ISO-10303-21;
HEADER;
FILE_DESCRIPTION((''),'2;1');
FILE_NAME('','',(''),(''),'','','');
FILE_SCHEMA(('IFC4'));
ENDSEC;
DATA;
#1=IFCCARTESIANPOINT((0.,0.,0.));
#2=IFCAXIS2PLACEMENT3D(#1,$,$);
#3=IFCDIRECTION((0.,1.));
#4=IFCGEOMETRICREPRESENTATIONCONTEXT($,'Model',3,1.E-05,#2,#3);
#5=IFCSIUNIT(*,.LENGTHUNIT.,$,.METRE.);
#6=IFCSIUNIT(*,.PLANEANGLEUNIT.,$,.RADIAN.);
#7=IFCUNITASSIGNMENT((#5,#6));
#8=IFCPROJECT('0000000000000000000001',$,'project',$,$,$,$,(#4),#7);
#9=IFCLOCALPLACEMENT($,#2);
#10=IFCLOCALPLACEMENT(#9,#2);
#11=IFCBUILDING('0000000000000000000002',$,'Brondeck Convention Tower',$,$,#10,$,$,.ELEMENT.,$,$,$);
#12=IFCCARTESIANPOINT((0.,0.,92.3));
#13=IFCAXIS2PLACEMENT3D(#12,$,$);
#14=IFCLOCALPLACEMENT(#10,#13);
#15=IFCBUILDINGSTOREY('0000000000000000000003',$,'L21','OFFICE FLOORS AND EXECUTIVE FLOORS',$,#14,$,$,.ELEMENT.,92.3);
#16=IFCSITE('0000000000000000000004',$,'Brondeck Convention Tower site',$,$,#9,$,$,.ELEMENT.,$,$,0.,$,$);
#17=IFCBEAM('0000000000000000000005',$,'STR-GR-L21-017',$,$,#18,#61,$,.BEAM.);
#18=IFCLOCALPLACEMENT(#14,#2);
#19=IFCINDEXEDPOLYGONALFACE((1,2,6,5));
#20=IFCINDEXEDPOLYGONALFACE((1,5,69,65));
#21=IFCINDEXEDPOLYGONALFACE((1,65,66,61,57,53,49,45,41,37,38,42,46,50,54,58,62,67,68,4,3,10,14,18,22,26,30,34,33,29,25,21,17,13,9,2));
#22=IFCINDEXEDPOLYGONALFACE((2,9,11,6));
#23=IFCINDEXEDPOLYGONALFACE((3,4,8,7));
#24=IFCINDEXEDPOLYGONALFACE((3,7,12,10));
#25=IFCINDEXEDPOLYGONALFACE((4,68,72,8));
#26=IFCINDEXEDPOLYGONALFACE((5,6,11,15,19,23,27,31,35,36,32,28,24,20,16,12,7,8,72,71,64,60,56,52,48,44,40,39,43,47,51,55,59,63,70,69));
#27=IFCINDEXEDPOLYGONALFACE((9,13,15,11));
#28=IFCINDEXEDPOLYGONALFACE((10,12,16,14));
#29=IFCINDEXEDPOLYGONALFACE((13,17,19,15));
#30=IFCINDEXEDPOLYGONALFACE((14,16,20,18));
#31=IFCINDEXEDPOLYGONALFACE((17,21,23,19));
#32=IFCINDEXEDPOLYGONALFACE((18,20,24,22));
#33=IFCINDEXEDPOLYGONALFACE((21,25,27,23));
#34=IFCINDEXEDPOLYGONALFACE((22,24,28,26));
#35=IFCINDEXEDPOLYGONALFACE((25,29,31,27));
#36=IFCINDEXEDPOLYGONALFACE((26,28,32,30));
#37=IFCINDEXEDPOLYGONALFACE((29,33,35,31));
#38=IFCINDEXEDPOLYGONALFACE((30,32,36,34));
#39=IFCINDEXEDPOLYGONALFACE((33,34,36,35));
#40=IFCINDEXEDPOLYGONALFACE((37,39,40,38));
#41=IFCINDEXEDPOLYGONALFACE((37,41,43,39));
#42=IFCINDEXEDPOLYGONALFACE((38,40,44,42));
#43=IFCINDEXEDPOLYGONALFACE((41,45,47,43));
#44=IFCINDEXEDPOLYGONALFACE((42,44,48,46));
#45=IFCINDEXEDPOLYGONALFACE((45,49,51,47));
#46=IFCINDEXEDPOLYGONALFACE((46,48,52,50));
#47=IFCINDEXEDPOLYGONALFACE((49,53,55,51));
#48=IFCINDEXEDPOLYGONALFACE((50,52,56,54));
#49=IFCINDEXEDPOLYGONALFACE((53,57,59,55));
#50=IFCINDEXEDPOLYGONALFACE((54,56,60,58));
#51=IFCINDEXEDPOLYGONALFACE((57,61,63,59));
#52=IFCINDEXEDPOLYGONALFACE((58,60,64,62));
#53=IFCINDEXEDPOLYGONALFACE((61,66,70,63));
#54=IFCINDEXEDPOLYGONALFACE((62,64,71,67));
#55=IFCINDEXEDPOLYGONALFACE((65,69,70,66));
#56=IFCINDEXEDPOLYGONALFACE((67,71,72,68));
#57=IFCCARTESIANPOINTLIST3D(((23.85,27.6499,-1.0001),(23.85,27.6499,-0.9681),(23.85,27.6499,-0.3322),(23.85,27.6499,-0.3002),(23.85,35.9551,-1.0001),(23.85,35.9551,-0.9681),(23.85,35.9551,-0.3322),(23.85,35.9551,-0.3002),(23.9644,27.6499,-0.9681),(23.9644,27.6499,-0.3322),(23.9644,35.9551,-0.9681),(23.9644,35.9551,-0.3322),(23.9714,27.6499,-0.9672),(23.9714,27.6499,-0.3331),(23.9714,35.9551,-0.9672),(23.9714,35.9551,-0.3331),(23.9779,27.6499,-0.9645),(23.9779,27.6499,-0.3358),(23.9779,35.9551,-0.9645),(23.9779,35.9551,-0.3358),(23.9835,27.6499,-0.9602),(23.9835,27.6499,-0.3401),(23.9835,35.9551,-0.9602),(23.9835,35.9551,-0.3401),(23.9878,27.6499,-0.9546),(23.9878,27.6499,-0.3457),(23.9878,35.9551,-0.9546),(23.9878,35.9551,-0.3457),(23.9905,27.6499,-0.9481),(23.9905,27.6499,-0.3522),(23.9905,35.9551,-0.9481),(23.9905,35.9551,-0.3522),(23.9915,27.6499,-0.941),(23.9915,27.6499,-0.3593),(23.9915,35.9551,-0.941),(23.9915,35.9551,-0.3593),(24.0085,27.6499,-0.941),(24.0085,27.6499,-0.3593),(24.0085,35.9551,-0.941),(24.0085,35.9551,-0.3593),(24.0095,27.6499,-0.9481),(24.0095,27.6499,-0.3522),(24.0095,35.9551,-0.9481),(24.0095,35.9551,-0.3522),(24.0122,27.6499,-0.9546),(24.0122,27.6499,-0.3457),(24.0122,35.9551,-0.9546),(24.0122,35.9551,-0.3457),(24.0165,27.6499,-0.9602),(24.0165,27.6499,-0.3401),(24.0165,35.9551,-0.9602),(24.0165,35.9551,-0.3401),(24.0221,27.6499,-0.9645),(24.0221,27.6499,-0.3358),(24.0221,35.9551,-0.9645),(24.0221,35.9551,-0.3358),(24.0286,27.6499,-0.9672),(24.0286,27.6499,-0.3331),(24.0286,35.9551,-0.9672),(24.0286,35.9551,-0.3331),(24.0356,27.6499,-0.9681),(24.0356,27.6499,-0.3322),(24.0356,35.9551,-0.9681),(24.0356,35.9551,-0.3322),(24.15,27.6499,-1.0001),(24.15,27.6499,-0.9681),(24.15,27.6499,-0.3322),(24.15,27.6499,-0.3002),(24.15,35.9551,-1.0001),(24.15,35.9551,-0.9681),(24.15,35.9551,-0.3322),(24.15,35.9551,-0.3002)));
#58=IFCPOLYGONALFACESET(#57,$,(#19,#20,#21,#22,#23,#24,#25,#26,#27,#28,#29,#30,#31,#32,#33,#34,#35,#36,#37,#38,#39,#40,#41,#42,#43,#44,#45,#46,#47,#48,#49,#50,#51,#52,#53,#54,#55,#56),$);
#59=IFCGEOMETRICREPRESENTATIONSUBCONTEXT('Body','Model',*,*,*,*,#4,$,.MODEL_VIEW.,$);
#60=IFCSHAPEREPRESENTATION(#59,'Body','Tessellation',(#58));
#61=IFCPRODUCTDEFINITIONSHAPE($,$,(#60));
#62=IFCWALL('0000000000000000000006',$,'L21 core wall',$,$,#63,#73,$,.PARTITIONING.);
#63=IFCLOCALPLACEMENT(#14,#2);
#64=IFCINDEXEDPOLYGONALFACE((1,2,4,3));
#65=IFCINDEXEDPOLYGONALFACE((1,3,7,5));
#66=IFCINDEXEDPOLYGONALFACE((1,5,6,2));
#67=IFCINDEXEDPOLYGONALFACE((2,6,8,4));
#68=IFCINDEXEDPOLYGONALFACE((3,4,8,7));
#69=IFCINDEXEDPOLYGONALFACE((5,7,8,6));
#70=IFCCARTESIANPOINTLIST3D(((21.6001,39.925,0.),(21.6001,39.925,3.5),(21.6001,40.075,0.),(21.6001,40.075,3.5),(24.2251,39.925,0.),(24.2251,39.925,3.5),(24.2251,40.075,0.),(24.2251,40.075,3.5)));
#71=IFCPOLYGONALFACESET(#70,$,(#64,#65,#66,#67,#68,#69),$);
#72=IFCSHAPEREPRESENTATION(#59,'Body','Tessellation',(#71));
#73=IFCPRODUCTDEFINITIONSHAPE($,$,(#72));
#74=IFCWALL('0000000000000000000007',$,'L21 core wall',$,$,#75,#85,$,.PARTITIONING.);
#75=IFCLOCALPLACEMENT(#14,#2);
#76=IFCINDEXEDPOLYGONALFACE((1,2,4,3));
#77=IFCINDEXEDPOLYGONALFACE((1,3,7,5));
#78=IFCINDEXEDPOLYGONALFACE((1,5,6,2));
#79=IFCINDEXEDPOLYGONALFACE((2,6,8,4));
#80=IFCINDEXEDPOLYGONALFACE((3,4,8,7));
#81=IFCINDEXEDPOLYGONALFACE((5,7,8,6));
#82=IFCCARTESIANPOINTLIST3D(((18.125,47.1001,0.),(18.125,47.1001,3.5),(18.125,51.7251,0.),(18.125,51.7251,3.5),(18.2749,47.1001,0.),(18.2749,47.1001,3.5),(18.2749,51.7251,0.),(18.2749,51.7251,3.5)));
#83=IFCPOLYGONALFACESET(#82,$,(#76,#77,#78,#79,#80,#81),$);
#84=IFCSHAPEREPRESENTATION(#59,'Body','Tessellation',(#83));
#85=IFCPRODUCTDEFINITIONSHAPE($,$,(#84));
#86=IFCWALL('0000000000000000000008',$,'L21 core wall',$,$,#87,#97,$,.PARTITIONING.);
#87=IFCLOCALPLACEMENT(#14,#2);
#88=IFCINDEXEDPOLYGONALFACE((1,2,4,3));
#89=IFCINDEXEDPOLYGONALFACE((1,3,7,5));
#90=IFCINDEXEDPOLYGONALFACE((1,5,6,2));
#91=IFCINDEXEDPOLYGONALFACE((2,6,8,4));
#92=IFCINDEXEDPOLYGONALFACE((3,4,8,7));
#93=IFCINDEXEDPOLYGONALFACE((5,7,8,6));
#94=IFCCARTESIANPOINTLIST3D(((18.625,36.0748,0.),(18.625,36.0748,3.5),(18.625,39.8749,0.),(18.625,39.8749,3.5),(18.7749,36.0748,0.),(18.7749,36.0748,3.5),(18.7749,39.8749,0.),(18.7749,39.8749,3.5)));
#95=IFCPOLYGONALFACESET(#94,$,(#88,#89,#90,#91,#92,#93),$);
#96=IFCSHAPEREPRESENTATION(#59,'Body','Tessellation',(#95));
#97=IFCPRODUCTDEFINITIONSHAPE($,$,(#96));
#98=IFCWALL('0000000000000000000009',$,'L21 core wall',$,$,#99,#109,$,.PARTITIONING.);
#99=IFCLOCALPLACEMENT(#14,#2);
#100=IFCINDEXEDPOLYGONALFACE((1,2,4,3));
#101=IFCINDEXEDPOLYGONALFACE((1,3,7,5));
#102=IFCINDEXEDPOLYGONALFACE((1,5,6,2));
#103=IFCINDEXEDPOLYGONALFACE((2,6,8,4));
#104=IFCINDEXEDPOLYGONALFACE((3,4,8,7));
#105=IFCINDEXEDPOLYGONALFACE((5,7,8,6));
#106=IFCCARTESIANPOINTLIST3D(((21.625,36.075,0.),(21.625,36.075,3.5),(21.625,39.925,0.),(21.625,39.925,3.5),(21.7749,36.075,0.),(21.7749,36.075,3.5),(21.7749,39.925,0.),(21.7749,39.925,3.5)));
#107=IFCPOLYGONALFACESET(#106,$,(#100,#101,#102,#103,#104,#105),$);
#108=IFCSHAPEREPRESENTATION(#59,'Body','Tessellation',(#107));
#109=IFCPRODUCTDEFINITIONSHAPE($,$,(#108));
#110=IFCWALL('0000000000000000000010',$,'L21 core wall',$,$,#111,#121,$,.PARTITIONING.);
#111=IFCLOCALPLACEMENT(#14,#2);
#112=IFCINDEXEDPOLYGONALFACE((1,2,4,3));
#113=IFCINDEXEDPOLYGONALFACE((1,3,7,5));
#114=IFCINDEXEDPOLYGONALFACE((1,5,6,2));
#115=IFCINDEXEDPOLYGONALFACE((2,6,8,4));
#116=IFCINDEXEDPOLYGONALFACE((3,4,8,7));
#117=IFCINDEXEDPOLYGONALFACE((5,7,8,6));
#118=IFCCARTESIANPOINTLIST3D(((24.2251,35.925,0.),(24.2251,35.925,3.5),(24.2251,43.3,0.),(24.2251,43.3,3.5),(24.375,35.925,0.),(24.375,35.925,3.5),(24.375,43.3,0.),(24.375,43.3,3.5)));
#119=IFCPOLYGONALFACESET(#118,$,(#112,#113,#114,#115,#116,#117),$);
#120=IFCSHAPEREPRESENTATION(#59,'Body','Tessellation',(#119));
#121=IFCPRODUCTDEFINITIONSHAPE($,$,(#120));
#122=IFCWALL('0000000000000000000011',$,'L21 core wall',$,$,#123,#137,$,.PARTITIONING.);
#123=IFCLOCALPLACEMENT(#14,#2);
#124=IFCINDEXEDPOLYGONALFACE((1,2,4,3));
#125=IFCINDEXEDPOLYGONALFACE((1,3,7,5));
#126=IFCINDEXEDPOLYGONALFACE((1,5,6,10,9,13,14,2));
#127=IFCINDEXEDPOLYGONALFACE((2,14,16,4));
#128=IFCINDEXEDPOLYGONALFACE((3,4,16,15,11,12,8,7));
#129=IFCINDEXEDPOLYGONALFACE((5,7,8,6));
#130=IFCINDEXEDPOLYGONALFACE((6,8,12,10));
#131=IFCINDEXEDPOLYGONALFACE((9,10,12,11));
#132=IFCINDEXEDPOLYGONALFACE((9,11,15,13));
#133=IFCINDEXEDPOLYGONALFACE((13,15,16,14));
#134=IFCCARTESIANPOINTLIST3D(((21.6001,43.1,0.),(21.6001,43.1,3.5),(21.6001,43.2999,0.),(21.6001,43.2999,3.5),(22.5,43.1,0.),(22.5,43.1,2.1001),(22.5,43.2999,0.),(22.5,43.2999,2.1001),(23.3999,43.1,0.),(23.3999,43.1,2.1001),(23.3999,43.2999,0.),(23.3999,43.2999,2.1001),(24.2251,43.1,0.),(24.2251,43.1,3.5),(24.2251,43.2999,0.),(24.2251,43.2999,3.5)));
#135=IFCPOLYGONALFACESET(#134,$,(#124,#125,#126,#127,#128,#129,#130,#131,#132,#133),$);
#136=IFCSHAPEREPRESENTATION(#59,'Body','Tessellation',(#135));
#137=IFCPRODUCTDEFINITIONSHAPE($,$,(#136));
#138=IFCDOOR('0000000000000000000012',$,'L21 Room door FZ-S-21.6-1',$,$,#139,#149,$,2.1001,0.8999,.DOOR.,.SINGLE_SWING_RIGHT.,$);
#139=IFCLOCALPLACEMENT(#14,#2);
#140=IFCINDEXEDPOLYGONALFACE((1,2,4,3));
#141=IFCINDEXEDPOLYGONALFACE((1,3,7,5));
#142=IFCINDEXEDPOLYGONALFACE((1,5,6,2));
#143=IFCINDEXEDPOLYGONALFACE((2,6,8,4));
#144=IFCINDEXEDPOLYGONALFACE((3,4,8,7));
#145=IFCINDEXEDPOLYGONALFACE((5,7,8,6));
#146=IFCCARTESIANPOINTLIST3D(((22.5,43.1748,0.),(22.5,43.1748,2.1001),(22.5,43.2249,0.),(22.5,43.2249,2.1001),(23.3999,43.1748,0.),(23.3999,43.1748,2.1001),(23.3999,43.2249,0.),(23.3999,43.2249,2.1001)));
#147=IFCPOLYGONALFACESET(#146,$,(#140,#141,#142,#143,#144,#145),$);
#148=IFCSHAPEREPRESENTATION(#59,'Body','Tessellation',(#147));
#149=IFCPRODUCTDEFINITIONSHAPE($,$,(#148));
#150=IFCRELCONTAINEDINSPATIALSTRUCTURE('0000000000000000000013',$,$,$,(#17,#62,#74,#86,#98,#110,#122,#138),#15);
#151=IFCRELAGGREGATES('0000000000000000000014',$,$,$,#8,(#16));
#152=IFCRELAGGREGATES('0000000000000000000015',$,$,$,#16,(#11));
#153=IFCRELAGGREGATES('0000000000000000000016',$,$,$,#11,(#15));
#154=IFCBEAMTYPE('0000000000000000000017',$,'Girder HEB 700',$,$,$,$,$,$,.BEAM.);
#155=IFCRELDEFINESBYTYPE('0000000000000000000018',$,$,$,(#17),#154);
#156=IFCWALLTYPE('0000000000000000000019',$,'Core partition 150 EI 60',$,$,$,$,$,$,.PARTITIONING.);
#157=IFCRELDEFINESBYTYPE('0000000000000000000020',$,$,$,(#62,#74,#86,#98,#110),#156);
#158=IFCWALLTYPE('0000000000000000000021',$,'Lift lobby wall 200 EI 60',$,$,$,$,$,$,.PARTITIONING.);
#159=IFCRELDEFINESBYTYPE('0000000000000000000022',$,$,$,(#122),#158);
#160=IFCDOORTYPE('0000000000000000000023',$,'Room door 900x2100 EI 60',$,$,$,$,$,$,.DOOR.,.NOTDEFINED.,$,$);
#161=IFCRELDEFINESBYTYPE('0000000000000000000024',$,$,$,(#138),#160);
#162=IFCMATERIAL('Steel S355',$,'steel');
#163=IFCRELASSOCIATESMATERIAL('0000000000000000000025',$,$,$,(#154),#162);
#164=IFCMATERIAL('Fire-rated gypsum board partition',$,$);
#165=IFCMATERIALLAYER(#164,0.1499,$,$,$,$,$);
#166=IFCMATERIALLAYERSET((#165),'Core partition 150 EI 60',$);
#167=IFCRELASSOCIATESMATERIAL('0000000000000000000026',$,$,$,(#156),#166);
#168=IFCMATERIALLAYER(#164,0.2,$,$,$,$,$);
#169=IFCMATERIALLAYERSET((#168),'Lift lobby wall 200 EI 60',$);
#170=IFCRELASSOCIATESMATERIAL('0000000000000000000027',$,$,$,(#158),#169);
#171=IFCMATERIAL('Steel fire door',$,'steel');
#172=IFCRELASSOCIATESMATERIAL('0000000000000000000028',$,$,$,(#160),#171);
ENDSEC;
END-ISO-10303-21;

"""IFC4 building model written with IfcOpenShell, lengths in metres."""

from ifc_helpers import new_model, si_unit, direction, frame, frame_2d, origin, origin_2d, place, context, subcontext, project, spatial, rectangle, i_section, extrude, material, layer, layer_set, material_profile, profile_set, type_object, element, fill, save


model = new_model("IFC4")

# Units and contexts
model_context = context("Model", 3, precision=1e-05, world=origin(), true_north=direction((0.0, 1.0)))
body_context = subcontext(model_context, "Body", "Model", "MODEL_VIEW")
ifc_project = project(units=[si_unit("LENGTHUNIT", "METRE"), si_unit("PLANEANGLEUNIT", "RADIAN")], contexts=[model_context])

# Site, building, storey
site_placement = place(None, origin())
site = spatial("IfcSite", under=ifc_project, at=site_placement, Name="Brondeck Convention Tower site", CompositionType="ELEMENT", RefElevation=0.0)
building_placement = place(site_placement, origin())
building = spatial("IfcBuilding", under=site, at=building_placement, Name="Brondeck Convention Tower", CompositionType="ELEMENT")
storey_placement = place(building_placement, frame((0.0, 0.0, 92.3)))
storey = spatial("IfcBuildingStorey", under=building, at=storey_placement, Name="L21", Description="OFFICE FLOORS AND EXECUTIVE FLOORS", CompositionType="ELEMENT", Elevation=92.3)

# Beam
ifc_material_1 = material(Name="Steel S355", Category="steel")
ifc_material_profile = material_profile(ifc_material_1, i_section(OverallWidth=0.3, OverallDepth=0.7, WebThickness=0.0171, FlangeThickness=0.032, FilletRadius=0.0271, at=origin_2d()), Name="HEB 700")
ifc_profile_set = profile_set([ifc_material_profile], Name="Steel S355")
beam_type = type_object("IfcBeamType", Name="Girder HEB 700", PredefinedType="BEAM", material=ifc_profile_set)
beam_placement = place(storey_placement, frame((24.0, 35.9551, -0.6501), z_axis=(0.0, -1.0, 0.0), x_axis=(1.0, 0.0, 0.0)))
element("IfcBeam", 1, at=beam_placement, inside=storey, type_object=beam_type, Name="STR-GR-L21-017", PredefinedType="BEAM", context=body_context, shape_type="SweptSolid", body=[
    extrude(i_section(OverallWidth=0.3, OverallDepth=0.7, WebThickness=0.0171, FlangeThickness=0.032, FilletRadius=0.0271, at=origin_2d()), origin(), (0.0, 0.0, 1.0), 8.3052),
])

# Walls
ifc_material_2 = material(Name="Fire-rated gypsum board partition")
ifc_layer_1 = layer(ifc_material_2, 0.1499)
ifc_layer_set_1 = layer_set([ifc_layer_1], Name="Core partition 150 EI 60")
wall_type_1 = type_object("IfcWallType", Name="Core partition 150 EI 60", PredefinedType="PARTITIONING", material=ifc_layer_set_1)
wall_1_placement = place(storey_placement, frame((21.6001, 40.0, 0.0), z_axis=(0.0, 0.0, 1.0), x_axis=(1.0, 0.0, 0.0)))
element("IfcWall", 2, at=wall_1_placement, inside=storey, type_object=wall_type_1, Name="L21 core wall", PredefinedType="PARTITIONING", context=body_context, shape_type="SweptSolid", body=[
    extrude(rectangle(XDim=2.625, YDim=0.1499, at=frame_2d((1.3125, 0.0))), origin(), (0.0, 0.0, 1.0), 3.5),
])
wall_2_placement = place(storey_placement, frame((18.2, 47.1001, 0.0), z_axis=(0.0, 0.0, 1.0), x_axis=(0.0, 1.0, 0.0)))
element("IfcWall", 3, at=wall_2_placement, inside=storey, type_object=wall_type_1, Name="L21 core wall", PredefinedType="PARTITIONING", context=body_context, shape_type="SweptSolid", body=[
    extrude(rectangle(XDim=4.625, YDim=0.1499, at=frame_2d((2.3125, 0.0))), origin(), (0.0, 0.0, 1.0), 3.5),
])
wall_3_placement = place(storey_placement, frame((18.7, 36.075, 0.0), z_axis=(0.0, 0.0, 1.0), x_axis=(0.0, 1.0, 0.0)))
element("IfcWall", 4, at=wall_3_placement, inside=storey, type_object=wall_type_1, Name="L21 core wall", PredefinedType="PARTITIONING", context=body_context, shape_type="SweptSolid", body=[
    extrude(rectangle(XDim=3.8, YDim=0.1499, at=frame_2d((1.8999, 0.0))), origin(), (0.0, 0.0, 1.0), 3.5),
])
wall_4_placement = place(storey_placement, frame((21.7, 36.075, 0.0), z_axis=(0.0, 0.0, 1.0), x_axis=(0.0, 1.0, 0.0)))
element("IfcWall", 5, at=wall_4_placement, inside=storey, type_object=wall_type_1, Name="L21 core wall", PredefinedType="PARTITIONING", context=body_context, shape_type="SweptSolid", body=[
    extrude(rectangle(XDim=3.8501, YDim=0.1499, at=frame_2d((1.925, 0.0))), origin(), (0.0, 0.0, 1.0), 3.5),
])
wall_5_placement = place(storey_placement, frame((24.3, 35.925, 0.0), z_axis=(0.0, 0.0, 1.0), x_axis=(0.0, 1.0, 0.0)))
element("IfcWall", 6, at=wall_5_placement, inside=storey, type_object=wall_type_1, Name="L21 core wall", PredefinedType="PARTITIONING", context=body_context, shape_type="SweptSolid", body=[
    extrude(rectangle(XDim=7.375, YDim=0.1499, at=frame_2d((3.6875, 0.0))), origin(), (0.0, 0.0, 1.0), 3.5),
])

# Wall, opening, door
ifc_layer_2 = layer(ifc_material_2, 0.2)
ifc_layer_set_2 = layer_set([ifc_layer_2], Name="Lift lobby wall 200 EI 60")
wall_type_2 = type_object("IfcWallType", Name="Lift lobby wall 200 EI 60", PredefinedType="PARTITIONING", material=ifc_layer_set_2)
wall_6_placement = place(storey_placement, frame((21.6001, 43.2, 0.0), z_axis=(0.0, 0.0, 1.0), x_axis=(1.0, 0.0, 0.0)))
wall_6 = element("IfcWall", 7, at=wall_6_placement, inside=storey, type_object=wall_type_2, Name="L21 core wall", PredefinedType="PARTITIONING", context=body_context, shape_type="SweptSolid", body=[
    extrude(rectangle(XDim=2.625, YDim=0.2, at=frame_2d((1.3125, 0.0))), origin(), (0.0, 0.0, 1.0), 3.5),
])
opening_1_placement = place(wall_6_placement, frame((0.8999, 0.0, 0.0)))
opening_1 = element("IfcOpeningElement", 8, at=opening_1_placement, cuts=wall_6, PredefinedType="OPENING", context=body_context, shape_type="SweptSolid", body=[
    extrude(rectangle(XDim=0.8999, YDim=2.1001, at=frame_2d((0.45, 1.05))), frame((0.0, 0.1099, 0.0), z_axis=(0.0, -1.0, 0.0), x_axis=(1.0, 0.0, 0.0)), (0.0, 0.0, 1.0), 0.22),
])
ifc_material_3 = material(Name="Steel fire door", Category="steel")
door_type_1 = type_object("IfcDoorType", Name="Room door 900x2100 EI 60", OperationType="NOTDEFINED", PredefinedType="DOOR", material=ifc_material_3)
door_1_placement = place(opening_1_placement, origin())
door_1 = element("IfcDoor", 9, at=door_1_placement, inside=storey, type_object=door_type_1, Name="L21 Room door FZ-S-21.6-1", OperationType="SINGLE_SWING_RIGHT", OverallHeight=2.1001, OverallWidth=0.8999, PredefinedType="DOOR", context=body_context, shape_type="SweptSolid", body=[
    extrude(rectangle(XDim=0.8999, YDim=2.1001, at=frame_2d((0.45, 1.05))), frame((0.0, 0.0249, 0.0), z_axis=(0.0, -1.0, 0.0), x_axis=(1.0, 0.0, 0.0)), (0.0, 0.0, 1.0), 0.05),
])
fill(opening_1, door_1)

save(model, "model.ifc")
